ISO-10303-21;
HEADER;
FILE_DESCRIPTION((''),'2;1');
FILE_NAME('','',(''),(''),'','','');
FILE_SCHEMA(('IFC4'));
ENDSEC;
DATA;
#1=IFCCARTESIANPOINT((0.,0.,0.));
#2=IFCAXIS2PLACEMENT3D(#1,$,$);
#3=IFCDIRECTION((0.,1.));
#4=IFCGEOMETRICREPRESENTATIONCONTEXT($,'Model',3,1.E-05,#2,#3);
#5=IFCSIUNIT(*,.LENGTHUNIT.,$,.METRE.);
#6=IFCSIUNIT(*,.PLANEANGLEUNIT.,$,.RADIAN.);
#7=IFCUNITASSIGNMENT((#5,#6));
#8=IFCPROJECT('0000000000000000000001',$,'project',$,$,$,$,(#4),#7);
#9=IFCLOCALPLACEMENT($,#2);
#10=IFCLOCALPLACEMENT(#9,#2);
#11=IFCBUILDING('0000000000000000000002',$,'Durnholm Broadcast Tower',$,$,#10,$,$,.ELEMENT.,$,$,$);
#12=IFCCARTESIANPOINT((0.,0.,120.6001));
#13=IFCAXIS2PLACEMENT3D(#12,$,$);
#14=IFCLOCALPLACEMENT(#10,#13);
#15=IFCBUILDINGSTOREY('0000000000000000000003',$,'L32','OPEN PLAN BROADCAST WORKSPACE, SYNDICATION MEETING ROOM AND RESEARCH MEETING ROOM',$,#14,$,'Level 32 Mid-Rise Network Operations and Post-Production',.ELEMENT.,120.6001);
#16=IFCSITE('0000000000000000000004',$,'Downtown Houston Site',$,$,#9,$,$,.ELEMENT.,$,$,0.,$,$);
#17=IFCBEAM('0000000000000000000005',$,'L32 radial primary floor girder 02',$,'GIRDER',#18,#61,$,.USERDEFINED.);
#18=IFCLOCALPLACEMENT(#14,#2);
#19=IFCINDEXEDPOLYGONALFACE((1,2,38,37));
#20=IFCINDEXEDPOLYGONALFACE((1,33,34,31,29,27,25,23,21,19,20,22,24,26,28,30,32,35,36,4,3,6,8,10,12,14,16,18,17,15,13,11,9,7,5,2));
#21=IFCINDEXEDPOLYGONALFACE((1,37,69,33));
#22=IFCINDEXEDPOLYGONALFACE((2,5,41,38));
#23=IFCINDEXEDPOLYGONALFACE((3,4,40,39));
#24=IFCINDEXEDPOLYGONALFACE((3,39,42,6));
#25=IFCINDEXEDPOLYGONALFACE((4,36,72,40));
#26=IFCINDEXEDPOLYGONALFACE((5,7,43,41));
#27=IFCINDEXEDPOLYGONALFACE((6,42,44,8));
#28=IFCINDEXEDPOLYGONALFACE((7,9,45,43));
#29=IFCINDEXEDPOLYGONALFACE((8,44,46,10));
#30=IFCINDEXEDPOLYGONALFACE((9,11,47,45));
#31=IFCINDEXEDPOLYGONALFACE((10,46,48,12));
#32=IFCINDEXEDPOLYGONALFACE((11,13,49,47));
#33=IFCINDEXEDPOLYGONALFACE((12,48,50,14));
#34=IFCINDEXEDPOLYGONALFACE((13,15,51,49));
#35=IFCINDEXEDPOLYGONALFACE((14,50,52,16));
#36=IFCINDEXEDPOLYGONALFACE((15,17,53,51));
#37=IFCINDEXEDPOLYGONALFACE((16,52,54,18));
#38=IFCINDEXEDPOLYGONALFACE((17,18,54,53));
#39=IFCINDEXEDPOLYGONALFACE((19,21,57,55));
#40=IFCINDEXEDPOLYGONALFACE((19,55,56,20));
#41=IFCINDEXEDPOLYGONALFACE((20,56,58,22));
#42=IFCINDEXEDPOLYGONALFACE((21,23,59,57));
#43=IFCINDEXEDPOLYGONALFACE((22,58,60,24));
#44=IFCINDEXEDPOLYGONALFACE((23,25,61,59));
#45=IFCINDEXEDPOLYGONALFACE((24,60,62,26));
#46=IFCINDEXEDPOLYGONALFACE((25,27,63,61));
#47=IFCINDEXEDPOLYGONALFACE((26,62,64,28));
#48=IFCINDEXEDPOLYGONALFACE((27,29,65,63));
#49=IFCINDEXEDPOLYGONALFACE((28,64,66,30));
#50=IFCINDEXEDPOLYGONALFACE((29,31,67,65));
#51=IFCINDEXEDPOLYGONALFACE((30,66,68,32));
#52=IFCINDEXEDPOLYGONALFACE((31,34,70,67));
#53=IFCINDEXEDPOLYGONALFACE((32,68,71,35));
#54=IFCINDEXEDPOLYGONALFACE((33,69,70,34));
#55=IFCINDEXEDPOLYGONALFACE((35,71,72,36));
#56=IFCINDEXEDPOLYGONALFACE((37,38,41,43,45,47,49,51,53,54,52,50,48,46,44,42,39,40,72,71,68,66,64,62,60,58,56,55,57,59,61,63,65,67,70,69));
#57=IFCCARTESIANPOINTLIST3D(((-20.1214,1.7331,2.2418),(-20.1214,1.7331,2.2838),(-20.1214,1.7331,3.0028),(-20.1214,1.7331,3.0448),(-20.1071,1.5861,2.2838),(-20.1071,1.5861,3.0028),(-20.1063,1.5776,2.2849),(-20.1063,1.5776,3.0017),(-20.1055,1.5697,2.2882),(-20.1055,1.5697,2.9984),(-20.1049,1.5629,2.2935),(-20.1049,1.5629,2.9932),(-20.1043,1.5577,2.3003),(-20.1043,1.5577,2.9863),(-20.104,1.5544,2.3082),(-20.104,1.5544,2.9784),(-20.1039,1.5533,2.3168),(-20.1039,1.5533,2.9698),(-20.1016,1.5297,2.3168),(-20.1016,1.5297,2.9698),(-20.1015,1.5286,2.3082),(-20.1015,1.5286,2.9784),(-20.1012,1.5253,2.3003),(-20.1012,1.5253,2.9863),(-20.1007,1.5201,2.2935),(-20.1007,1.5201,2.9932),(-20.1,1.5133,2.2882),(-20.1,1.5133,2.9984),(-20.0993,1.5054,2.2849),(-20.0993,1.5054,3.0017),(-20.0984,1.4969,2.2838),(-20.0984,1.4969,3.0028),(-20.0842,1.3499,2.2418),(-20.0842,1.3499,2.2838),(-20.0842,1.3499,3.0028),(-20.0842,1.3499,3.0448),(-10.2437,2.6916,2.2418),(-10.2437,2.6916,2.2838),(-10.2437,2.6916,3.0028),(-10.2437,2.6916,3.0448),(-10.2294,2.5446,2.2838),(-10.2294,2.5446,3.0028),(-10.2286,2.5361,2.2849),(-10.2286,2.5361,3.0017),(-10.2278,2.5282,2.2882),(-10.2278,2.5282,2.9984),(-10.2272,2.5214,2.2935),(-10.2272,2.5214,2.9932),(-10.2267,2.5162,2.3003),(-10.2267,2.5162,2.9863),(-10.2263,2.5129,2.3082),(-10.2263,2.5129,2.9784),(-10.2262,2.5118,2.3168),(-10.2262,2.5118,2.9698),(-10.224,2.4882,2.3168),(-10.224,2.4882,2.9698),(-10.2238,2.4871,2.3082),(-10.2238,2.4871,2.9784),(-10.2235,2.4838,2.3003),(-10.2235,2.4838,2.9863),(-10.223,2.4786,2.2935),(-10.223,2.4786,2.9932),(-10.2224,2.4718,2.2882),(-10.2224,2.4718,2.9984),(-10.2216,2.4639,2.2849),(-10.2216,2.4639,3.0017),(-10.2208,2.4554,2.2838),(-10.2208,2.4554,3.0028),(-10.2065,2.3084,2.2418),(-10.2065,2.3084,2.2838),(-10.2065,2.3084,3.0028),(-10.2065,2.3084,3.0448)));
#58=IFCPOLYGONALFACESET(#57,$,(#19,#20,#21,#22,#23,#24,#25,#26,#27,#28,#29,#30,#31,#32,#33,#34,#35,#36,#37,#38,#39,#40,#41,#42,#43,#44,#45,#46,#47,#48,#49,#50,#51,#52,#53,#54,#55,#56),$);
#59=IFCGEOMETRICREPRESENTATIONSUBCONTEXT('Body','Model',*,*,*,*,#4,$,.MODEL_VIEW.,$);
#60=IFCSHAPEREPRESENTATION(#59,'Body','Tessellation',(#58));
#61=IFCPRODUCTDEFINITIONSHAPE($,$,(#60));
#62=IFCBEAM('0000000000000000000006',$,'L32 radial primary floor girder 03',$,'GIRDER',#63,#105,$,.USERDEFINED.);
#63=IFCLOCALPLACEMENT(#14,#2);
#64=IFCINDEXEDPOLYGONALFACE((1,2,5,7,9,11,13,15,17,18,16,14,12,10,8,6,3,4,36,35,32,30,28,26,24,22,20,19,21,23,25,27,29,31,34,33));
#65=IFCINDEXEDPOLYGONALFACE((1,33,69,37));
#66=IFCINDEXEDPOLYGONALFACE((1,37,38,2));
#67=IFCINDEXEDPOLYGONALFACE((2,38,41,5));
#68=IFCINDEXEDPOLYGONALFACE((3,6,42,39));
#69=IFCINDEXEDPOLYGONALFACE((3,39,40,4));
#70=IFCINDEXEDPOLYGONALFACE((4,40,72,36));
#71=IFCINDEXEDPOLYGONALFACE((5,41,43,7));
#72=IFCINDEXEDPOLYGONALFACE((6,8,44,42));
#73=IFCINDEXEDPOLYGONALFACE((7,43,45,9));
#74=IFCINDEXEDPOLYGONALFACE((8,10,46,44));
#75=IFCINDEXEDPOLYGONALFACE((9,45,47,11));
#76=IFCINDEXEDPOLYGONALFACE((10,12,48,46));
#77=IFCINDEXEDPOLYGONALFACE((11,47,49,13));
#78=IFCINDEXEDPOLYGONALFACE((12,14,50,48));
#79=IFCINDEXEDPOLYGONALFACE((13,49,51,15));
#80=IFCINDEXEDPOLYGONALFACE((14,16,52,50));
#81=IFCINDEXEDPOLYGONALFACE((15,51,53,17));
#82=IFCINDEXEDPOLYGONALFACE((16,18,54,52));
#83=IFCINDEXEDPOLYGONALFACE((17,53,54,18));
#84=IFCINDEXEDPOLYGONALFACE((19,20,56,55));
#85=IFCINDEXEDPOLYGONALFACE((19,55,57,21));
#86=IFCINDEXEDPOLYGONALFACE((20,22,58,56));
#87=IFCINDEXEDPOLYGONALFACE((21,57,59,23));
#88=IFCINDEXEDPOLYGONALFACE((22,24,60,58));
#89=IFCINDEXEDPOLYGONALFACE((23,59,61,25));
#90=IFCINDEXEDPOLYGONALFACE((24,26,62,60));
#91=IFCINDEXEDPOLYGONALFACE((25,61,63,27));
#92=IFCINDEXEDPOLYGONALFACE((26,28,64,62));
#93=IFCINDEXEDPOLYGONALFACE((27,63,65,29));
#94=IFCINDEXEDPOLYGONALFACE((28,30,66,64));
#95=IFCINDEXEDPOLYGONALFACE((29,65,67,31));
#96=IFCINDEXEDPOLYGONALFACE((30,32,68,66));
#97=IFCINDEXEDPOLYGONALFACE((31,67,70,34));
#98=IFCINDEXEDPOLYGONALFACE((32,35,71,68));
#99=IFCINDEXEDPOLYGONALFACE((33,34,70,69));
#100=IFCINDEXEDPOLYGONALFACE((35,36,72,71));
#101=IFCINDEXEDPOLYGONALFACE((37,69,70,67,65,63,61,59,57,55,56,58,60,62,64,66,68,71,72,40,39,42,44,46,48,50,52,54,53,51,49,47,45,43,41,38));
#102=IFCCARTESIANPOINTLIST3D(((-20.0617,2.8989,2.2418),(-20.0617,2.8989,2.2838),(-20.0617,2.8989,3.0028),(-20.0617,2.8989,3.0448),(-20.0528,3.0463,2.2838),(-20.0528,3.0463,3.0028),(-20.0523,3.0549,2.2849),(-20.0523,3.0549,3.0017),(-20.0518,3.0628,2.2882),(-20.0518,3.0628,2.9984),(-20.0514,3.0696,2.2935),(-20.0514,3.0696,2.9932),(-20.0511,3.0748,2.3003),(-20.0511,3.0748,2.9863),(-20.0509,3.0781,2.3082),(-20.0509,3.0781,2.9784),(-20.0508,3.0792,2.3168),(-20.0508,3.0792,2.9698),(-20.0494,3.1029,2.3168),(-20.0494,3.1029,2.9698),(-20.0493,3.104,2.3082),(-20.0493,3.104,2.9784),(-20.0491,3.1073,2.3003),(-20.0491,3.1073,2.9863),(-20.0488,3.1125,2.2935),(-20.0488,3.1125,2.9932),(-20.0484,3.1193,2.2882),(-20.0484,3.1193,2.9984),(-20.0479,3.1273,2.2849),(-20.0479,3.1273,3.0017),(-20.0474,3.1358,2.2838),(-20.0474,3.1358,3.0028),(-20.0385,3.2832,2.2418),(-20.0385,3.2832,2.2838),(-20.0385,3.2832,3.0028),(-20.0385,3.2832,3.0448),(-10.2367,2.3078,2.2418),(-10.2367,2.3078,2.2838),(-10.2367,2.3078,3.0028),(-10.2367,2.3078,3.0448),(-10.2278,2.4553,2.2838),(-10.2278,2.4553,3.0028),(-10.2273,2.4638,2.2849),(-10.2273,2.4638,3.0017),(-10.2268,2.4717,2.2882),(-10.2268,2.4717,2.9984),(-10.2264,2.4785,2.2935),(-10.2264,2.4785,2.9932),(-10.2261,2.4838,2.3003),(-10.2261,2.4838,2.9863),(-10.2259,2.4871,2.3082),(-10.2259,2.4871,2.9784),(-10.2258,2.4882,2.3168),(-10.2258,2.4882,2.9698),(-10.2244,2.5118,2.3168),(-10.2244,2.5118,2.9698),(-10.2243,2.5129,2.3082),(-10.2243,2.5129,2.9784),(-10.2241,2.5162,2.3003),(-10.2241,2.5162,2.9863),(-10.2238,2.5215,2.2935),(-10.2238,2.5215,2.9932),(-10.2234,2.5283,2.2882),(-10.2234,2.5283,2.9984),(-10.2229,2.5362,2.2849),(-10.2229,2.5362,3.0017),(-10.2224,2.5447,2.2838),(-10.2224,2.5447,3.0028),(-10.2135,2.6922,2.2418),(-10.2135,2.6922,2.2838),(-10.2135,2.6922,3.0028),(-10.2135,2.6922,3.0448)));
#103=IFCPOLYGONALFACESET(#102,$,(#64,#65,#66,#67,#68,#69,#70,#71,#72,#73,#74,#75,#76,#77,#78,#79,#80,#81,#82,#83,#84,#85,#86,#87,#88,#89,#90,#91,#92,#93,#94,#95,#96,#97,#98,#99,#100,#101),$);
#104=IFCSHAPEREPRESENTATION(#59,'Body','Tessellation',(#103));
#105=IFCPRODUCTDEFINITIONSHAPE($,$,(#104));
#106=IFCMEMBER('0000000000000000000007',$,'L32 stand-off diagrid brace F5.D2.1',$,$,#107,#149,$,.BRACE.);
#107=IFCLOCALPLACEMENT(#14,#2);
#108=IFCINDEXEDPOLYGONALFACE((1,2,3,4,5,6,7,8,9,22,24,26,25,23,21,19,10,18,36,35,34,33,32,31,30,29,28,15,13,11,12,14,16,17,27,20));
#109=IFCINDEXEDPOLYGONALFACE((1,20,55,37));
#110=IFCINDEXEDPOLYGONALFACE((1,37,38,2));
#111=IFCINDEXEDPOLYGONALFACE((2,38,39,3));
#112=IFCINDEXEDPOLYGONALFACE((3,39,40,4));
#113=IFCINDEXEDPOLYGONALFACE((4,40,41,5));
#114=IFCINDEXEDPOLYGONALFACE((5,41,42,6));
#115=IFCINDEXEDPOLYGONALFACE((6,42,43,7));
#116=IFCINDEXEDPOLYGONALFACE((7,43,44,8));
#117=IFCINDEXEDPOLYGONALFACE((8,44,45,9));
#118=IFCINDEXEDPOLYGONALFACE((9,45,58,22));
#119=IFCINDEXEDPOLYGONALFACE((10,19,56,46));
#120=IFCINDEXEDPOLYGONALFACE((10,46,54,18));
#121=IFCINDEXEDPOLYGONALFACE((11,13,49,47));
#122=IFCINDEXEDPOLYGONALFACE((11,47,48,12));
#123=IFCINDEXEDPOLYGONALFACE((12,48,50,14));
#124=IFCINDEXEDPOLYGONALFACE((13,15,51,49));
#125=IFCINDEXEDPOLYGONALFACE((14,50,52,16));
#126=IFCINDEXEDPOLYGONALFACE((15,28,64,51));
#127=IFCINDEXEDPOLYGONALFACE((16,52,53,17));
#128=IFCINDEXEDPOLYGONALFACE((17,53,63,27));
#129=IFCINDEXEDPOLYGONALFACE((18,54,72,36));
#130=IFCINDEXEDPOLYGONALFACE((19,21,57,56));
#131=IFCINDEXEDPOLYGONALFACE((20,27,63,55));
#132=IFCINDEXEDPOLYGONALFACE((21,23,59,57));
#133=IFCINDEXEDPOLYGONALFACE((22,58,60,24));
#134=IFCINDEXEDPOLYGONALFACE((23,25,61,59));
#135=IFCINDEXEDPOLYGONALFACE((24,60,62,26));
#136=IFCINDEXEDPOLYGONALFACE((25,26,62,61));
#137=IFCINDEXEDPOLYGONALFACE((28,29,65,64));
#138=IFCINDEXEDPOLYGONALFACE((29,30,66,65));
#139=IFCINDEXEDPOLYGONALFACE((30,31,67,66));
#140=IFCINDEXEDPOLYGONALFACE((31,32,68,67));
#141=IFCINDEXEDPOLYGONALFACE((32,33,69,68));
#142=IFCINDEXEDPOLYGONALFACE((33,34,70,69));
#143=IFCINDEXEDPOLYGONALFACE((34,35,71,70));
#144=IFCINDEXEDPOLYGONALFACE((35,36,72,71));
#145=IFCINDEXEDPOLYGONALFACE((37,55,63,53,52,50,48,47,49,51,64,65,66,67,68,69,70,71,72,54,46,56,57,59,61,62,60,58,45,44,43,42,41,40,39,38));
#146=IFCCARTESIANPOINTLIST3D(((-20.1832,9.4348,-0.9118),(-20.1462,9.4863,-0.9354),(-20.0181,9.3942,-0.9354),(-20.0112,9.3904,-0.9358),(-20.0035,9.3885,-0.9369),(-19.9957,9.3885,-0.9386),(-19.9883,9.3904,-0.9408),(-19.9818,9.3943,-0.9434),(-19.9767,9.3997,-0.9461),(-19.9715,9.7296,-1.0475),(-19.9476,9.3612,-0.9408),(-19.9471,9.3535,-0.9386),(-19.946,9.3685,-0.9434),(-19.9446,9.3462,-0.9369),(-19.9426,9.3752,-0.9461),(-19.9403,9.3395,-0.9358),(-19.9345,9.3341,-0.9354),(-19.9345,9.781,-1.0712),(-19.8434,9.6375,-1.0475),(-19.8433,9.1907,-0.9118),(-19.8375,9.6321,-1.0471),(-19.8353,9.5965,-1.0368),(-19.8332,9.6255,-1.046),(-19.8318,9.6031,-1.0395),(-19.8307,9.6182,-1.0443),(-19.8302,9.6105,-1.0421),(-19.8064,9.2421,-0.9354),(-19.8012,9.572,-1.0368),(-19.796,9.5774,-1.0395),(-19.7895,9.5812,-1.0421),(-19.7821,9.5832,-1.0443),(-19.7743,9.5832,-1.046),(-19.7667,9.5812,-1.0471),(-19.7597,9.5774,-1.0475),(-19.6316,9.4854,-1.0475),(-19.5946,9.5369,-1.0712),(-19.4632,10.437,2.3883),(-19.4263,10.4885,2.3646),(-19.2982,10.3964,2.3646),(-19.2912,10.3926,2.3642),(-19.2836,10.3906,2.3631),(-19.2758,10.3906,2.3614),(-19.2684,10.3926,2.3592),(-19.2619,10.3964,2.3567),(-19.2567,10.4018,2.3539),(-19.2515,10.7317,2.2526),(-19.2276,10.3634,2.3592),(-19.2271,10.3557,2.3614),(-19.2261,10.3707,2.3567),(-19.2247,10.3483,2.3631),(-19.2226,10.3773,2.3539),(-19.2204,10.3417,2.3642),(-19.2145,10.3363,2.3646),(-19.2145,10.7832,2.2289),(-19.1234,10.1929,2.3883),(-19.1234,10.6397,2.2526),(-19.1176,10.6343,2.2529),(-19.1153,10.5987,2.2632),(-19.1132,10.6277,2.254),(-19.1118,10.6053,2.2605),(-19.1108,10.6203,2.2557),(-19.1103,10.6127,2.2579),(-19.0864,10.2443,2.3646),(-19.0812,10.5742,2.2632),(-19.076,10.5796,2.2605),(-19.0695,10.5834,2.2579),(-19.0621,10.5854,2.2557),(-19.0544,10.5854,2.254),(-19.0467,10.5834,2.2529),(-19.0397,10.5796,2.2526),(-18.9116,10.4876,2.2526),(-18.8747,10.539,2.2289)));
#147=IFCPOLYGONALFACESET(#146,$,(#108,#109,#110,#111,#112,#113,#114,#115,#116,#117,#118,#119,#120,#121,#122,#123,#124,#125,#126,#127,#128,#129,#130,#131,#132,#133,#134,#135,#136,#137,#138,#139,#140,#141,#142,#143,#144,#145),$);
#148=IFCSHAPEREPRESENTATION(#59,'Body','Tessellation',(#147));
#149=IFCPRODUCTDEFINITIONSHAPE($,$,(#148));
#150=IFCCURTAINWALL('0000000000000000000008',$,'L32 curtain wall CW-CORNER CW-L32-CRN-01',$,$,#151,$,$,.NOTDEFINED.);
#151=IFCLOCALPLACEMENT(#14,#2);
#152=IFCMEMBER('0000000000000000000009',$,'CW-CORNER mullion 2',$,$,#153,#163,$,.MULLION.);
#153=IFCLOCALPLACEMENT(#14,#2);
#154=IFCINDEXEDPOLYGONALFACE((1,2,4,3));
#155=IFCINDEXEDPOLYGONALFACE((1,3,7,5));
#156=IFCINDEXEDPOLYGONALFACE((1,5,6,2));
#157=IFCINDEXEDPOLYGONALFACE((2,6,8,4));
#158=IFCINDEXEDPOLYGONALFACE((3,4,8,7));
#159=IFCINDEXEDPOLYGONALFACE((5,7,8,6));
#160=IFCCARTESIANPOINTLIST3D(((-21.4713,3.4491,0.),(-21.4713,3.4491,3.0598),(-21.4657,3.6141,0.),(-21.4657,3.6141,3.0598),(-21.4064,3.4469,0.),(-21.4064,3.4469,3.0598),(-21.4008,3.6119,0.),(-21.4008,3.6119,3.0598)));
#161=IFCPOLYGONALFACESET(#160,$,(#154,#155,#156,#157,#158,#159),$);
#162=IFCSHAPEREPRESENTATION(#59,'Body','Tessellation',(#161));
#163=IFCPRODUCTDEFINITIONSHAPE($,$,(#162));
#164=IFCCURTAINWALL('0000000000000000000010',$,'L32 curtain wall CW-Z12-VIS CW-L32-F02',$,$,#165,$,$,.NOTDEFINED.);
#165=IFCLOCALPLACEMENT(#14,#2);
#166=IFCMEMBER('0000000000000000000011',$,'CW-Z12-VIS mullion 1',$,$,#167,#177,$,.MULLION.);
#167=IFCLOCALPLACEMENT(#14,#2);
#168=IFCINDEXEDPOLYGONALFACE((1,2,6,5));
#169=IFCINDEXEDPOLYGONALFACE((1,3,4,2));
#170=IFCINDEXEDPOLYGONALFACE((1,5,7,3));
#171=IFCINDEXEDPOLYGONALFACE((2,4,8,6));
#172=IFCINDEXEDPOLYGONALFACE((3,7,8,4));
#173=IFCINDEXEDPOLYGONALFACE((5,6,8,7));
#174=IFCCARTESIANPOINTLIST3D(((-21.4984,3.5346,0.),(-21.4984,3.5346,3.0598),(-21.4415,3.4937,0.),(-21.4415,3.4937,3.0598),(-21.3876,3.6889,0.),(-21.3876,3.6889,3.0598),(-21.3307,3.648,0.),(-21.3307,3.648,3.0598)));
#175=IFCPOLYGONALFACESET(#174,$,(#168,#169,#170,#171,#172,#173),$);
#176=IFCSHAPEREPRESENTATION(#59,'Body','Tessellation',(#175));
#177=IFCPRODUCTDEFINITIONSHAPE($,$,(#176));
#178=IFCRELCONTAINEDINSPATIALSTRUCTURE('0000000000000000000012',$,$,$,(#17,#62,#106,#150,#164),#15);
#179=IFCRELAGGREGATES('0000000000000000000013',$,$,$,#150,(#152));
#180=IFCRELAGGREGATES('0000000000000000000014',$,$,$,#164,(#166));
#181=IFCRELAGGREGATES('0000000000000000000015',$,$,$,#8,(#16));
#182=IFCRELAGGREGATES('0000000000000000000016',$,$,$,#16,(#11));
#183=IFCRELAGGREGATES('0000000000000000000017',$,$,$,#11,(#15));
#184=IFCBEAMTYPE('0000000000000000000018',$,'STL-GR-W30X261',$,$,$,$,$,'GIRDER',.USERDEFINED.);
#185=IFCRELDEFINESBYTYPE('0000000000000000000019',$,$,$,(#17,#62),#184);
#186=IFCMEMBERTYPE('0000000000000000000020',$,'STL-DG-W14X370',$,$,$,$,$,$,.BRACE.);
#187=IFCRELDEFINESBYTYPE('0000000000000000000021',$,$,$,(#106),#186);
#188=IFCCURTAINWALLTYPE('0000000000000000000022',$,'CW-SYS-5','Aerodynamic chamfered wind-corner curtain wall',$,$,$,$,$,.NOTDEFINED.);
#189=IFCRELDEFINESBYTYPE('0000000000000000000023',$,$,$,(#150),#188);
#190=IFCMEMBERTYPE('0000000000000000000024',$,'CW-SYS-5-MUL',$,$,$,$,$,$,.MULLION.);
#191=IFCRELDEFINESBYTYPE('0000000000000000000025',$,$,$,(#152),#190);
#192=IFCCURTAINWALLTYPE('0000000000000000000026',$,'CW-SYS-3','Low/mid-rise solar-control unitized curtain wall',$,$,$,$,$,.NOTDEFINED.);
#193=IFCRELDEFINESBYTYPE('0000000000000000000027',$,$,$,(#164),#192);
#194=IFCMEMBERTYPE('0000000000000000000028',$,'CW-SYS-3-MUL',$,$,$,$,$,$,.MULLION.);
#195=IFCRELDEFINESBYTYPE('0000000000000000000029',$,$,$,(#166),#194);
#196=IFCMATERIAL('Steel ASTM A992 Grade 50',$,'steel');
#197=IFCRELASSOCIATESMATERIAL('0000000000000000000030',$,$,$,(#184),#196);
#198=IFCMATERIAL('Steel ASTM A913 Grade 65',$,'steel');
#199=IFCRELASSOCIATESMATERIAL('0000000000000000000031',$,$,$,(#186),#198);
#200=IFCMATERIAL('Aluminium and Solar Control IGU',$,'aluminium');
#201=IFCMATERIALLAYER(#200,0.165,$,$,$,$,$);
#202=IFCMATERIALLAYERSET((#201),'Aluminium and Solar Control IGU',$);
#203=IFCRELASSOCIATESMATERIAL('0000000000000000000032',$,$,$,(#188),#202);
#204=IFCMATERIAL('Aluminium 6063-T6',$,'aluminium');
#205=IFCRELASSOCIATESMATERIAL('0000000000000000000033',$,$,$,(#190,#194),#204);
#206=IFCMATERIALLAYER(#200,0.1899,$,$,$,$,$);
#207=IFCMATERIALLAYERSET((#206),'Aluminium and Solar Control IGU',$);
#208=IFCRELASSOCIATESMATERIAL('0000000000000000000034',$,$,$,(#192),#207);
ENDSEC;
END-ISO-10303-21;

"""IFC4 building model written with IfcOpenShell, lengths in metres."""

from ifc_helpers import new_model, si_unit, direction, frame, origin, origin_2d, place, context, subcontext, project, spatial, rectangle, i_section, extrude, source, transform, mapped, material, layer, layer_set, material_profile, profile_set, type_object, type_shapes, element, aggregate, save


model = new_model("IFC4")

# Units and contexts
model_context = context("Model", 3, precision=1e-05, world=origin(), true_north=direction((0.0, 1.0)))
body_context = subcontext(model_context, "Body", "Model", "MODEL_VIEW")
ifc_project = project(units=[si_unit("LENGTHUNIT", "METRE"), si_unit("PLANEANGLEUNIT", "RADIAN")], contexts=[model_context])

# Site, building, storey
site_placement = place(None, origin())
site = spatial("IfcSite", under=ifc_project, at=site_placement, Name="Downtown Houston Site", CompositionType="ELEMENT", RefElevation=0.0)
building_placement = place(site_placement, origin())
building = spatial("IfcBuilding", under=site, at=building_placement, Name="Durnholm Broadcast Tower", CompositionType="ELEMENT")
storey_placement = place(building_placement, frame((0.0, 0.0, 120.6001)))
storey = spatial("IfcBuildingStorey", under=building, at=storey_placement, Name="L32", Description="OPEN PLAN BROADCAST WORKSPACE, SYNDICATION MEETING ROOM AND RESEARCH MEETING ROOM", LongName="Level 32 Mid-Rise Network Operations and Post-Production", CompositionType="ELEMENT", Elevation=120.6001)

# Beams
ifc_material_1 = material(Name="Steel ASTM A992 Grade 50", Category="steel")
ifc_material_profile_1 = material_profile(ifc_material_1, i_section(OverallWidth=0.385, OverallDepth=0.803, WebThickness=0.0237, FlangeThickness=0.042, FilletRadius=0.033, at=origin_2d()), Name="W30X261")
ifc_profile_set_1 = profile_set([ifc_material_profile_1], Name="Steel ASTM A992 Grade 50")
beam_type_1 = type_object("IfcBeamType", Name="STL-GR-W30X261", ElementType="GIRDER", PredefinedType="USERDEFINED", material=ifc_profile_set_1)
shared_shape_1 = source(origin(), body_context, "Body", "SweptSolid", [
    extrude(i_section(OverallWidth=0.385, OverallDepth=0.803, WebThickness=0.0237, FlangeThickness=0.042, FilletRadius=0.033, at=origin_2d()), origin(), (0.0, 0.0, 1.0), 9.9241),
])
beam_1_placement = place(storey_placement, frame((-10.2251, 2.5, 2.6433), z_axis=(-0.995325, -0.096583, 0.0), x_axis=(0.096583, -0.995325, 0.0)))
element("IfcBeam", 1, at=beam_1_placement, inside=storey, type_object=beam_type_1, Name="L32 radial primary floor girder 02", ObjectType="GIRDER", PredefinedType="USERDEFINED", context=body_context, shape_type="MappedRepresentation", body=[
    mapped(shared_shape_1, transform((0.0, 0.0, 0.0), x_axis=(1.0, 0.0, 0.0), y_axis=(0.0, 1.0, 0.0), z_axis=(0.0, 0.0, 1.0), scale=1.0)),
])
shared_shape_2 = source(origin(), body_context, "Body", "SweptSolid", [
    extrude(i_section(OverallWidth=0.385, OverallDepth=0.803, WebThickness=0.0237, FlangeThickness=0.042, FilletRadius=0.033, at=origin_2d()), origin(), (0.0, 0.0, 1.0), 9.8428),
])
type_shapes(beam_type_1, [shared_shape_1, shared_shape_2])
beam_2_placement = place(storey_placement, frame((-10.2251, 2.5, 2.6433), z_axis=(-0.998195, 0.060051, 0.0), x_axis=(-0.060051, -0.998195, 0.0)))
element("IfcBeam", 2, at=beam_2_placement, inside=storey, type_object=beam_type_1, Name="L32 radial primary floor girder 03", ObjectType="GIRDER", PredefinedType="USERDEFINED", context=body_context, shape_type="MappedRepresentation", body=[
    mapped(shared_shape_2, transform((0.0, 0.0, 0.0), x_axis=(1.0, 0.0, 0.0), y_axis=(0.0, 1.0, 0.0), z_axis=(0.0, 0.0, 1.0), scale=1.0)),
])

# Member
ifc_material_2 = material(Name="Steel ASTM A913 Grade 65", Category="steel")
ifc_material_profile_2 = material_profile(ifc_material_2, i_section(OverallWidth=0.4185, OverallDepth=0.4551, WebThickness=0.042, FlangeThickness=0.0676, FilletRadius=0.0305, at=origin_2d()), Name="W14X370")
ifc_profile_set_2 = profile_set([ifc_material_profile_2], Name="Steel ASTM A913 Grade 65")
member_type_1 = type_object("IfcMemberType", Name="STL-DG-W14X370", PredefinedType="BRACE", material=ifc_profile_set_2)
shared_shape_3 = source(origin(), body_context, "Body", "SweptSolid", [
    extrude(i_section(OverallWidth=0.4185, OverallDepth=0.4551, WebThickness=0.042, FlangeThickness=0.0676, FilletRadius=0.0305, at=origin_2d()), origin(), (0.0, 0.0, 1.0), 3.5232),
])
type_shapes(member_type_1, [shared_shape_3])
member_1_placement = place(storey_placement, frame((-19.8889, 9.4858, -0.9915), z_axis=(0.20435, 0.284455, 0.936657), x_axis=(-0.812153, 0.583444, 0.0)))
element("IfcMember", 3, at=member_1_placement, inside=storey, type_object=member_type_1, Name="L32 stand-off diagrid brace F5.D2.1", PredefinedType="BRACE", context=body_context, shape_type="MappedRepresentation", body=[
    mapped(shared_shape_3, transform((0.0, 0.0, 0.0), x_axis=(1.0, 0.0, 0.0), y_axis=(0.0, 1.0, 0.0), z_axis=(0.0, 0.0, 1.0), scale=1.0)),
])

# Curtain wall, member
ifc_material_3 = material(Name="Aluminium and Solar Control IGU", Category="aluminium")
ifc_layer_1 = layer(ifc_material_3, 0.165)
ifc_layer_set_1 = layer_set([ifc_layer_1], Name="Aluminium and Solar Control IGU")
curtain_wall_type_1 = type_object("IfcCurtainWallType", Name="CW-SYS-5", Description="Aerodynamic chamfered wind-corner curtain wall", PredefinedType="NOTDEFINED", material=ifc_layer_set_1)
curtain_wall_1_placement = place(storey_placement, origin())
curtain_wall_1 = element("IfcCurtainWall", 4, at=curtain_wall_1_placement, inside=storey, type_object=curtain_wall_type_1, Name="L32 curtain wall CW-CORNER CW-L32-CRN-01", PredefinedType="NOTDEFINED")
ifc_material_4 = material(Name="Aluminium 6063-T6", Category="aluminium")
ifc_material_profile_3 = material_profile(ifc_material_4, rectangle(XDim=0.0649, YDim=0.165, at=origin_2d()), Name="CWM65X165")
ifc_profile_set_3 = profile_set([ifc_material_profile_3], Name="Aluminium 6063-T6")
member_type_2 = type_object("IfcMemberType", Name="CW-SYS-5-MUL", PredefinedType="MULLION", material=ifc_profile_set_3)
shared_shape_4 = source(origin(), body_context, "Body", "SweptSolid", [
    extrude(rectangle(XDim=0.0649, YDim=0.165, at=origin_2d()), origin(), (0.0, 0.0, 1.0), 3.0598),
])
type_shapes(member_type_2, [shared_shape_4])
member_2_placement = place(storey_placement, frame((-21.436, 3.5305, 0.0), z_axis=(0.0, 0.0, 1.0), x_axis=(-0.999425, 0.033917, 0.0)))
member_2 = element("IfcMember", 5, at=member_2_placement, type_object=member_type_2, Name="CW-CORNER mullion 2", PredefinedType="MULLION", context=body_context, shape_type="MappedRepresentation", body=[
    mapped(shared_shape_4, transform((0.0, 0.0, 0.0), x_axis=(1.0, 0.0, 0.0), y_axis=(0.0, 1.0, 0.0), z_axis=(0.0, 0.0, 1.0), scale=1.0)),
])

# Curtain wall, member
ifc_layer_2 = layer(ifc_material_3, 0.1899)
ifc_layer_set_2 = layer_set([ifc_layer_2], Name="Aluminium and Solar Control IGU")
curtain_wall_type_2 = type_object("IfcCurtainWallType", Name="CW-SYS-3", Description="Low/mid-rise solar-control unitized curtain wall", PredefinedType="NOTDEFINED", material=ifc_layer_set_2)
curtain_wall_2_placement = place(storey_placement, origin())
curtain_wall_2 = element("IfcCurtainWall", 6, at=curtain_wall_2_placement, inside=storey, type_object=curtain_wall_type_2, Name="L32 curtain wall CW-Z12-VIS CW-L32-F02", PredefinedType="NOTDEFINED")
ifc_material_profile_4 = material_profile(ifc_material_4, rectangle(XDim=0.0701, YDim=0.1899, at=origin_2d()), Name="CWM70X190")
ifc_profile_set_4 = profile_set([ifc_material_profile_4], Name="Aluminium 6063-T6")
member_type_3 = type_object("IfcMemberType", Name="CW-SYS-3-MUL", PredefinedType="MULLION", material=ifc_profile_set_4)
shared_shape_5 = source(origin(), body_context, "Body", "SweptSolid", [
    extrude(rectangle(XDim=0.0701, YDim=0.1899, at=origin_2d()), origin(), (0.0, 0.0, 1.0), 3.0598),
])
type_shapes(member_type_3, [shared_shape_5])
member_3_placement = place(storey_placement, frame((-21.4146, 3.5913, 0.0), z_axis=(0.0, 0.0, 1.0), x_axis=(-0.812152, 0.583445, 0.0)))
member_3 = element("IfcMember", 7, at=member_3_placement, type_object=member_type_3, Name="CW-Z12-VIS mullion 1", PredefinedType="MULLION", context=body_context, shape_type="MappedRepresentation", body=[
    mapped(shared_shape_5, transform((0.0, 0.0, 0.0), x_axis=(1.0, 0.0, 0.0), y_axis=(0.0, 1.0, 0.0), z_axis=(0.0, 0.0, 1.0), scale=1.0)),
])

aggregate(curtain_wall_1, [member_2])
aggregate(curtain_wall_2, [member_3])

save(model, "model.ifc")
